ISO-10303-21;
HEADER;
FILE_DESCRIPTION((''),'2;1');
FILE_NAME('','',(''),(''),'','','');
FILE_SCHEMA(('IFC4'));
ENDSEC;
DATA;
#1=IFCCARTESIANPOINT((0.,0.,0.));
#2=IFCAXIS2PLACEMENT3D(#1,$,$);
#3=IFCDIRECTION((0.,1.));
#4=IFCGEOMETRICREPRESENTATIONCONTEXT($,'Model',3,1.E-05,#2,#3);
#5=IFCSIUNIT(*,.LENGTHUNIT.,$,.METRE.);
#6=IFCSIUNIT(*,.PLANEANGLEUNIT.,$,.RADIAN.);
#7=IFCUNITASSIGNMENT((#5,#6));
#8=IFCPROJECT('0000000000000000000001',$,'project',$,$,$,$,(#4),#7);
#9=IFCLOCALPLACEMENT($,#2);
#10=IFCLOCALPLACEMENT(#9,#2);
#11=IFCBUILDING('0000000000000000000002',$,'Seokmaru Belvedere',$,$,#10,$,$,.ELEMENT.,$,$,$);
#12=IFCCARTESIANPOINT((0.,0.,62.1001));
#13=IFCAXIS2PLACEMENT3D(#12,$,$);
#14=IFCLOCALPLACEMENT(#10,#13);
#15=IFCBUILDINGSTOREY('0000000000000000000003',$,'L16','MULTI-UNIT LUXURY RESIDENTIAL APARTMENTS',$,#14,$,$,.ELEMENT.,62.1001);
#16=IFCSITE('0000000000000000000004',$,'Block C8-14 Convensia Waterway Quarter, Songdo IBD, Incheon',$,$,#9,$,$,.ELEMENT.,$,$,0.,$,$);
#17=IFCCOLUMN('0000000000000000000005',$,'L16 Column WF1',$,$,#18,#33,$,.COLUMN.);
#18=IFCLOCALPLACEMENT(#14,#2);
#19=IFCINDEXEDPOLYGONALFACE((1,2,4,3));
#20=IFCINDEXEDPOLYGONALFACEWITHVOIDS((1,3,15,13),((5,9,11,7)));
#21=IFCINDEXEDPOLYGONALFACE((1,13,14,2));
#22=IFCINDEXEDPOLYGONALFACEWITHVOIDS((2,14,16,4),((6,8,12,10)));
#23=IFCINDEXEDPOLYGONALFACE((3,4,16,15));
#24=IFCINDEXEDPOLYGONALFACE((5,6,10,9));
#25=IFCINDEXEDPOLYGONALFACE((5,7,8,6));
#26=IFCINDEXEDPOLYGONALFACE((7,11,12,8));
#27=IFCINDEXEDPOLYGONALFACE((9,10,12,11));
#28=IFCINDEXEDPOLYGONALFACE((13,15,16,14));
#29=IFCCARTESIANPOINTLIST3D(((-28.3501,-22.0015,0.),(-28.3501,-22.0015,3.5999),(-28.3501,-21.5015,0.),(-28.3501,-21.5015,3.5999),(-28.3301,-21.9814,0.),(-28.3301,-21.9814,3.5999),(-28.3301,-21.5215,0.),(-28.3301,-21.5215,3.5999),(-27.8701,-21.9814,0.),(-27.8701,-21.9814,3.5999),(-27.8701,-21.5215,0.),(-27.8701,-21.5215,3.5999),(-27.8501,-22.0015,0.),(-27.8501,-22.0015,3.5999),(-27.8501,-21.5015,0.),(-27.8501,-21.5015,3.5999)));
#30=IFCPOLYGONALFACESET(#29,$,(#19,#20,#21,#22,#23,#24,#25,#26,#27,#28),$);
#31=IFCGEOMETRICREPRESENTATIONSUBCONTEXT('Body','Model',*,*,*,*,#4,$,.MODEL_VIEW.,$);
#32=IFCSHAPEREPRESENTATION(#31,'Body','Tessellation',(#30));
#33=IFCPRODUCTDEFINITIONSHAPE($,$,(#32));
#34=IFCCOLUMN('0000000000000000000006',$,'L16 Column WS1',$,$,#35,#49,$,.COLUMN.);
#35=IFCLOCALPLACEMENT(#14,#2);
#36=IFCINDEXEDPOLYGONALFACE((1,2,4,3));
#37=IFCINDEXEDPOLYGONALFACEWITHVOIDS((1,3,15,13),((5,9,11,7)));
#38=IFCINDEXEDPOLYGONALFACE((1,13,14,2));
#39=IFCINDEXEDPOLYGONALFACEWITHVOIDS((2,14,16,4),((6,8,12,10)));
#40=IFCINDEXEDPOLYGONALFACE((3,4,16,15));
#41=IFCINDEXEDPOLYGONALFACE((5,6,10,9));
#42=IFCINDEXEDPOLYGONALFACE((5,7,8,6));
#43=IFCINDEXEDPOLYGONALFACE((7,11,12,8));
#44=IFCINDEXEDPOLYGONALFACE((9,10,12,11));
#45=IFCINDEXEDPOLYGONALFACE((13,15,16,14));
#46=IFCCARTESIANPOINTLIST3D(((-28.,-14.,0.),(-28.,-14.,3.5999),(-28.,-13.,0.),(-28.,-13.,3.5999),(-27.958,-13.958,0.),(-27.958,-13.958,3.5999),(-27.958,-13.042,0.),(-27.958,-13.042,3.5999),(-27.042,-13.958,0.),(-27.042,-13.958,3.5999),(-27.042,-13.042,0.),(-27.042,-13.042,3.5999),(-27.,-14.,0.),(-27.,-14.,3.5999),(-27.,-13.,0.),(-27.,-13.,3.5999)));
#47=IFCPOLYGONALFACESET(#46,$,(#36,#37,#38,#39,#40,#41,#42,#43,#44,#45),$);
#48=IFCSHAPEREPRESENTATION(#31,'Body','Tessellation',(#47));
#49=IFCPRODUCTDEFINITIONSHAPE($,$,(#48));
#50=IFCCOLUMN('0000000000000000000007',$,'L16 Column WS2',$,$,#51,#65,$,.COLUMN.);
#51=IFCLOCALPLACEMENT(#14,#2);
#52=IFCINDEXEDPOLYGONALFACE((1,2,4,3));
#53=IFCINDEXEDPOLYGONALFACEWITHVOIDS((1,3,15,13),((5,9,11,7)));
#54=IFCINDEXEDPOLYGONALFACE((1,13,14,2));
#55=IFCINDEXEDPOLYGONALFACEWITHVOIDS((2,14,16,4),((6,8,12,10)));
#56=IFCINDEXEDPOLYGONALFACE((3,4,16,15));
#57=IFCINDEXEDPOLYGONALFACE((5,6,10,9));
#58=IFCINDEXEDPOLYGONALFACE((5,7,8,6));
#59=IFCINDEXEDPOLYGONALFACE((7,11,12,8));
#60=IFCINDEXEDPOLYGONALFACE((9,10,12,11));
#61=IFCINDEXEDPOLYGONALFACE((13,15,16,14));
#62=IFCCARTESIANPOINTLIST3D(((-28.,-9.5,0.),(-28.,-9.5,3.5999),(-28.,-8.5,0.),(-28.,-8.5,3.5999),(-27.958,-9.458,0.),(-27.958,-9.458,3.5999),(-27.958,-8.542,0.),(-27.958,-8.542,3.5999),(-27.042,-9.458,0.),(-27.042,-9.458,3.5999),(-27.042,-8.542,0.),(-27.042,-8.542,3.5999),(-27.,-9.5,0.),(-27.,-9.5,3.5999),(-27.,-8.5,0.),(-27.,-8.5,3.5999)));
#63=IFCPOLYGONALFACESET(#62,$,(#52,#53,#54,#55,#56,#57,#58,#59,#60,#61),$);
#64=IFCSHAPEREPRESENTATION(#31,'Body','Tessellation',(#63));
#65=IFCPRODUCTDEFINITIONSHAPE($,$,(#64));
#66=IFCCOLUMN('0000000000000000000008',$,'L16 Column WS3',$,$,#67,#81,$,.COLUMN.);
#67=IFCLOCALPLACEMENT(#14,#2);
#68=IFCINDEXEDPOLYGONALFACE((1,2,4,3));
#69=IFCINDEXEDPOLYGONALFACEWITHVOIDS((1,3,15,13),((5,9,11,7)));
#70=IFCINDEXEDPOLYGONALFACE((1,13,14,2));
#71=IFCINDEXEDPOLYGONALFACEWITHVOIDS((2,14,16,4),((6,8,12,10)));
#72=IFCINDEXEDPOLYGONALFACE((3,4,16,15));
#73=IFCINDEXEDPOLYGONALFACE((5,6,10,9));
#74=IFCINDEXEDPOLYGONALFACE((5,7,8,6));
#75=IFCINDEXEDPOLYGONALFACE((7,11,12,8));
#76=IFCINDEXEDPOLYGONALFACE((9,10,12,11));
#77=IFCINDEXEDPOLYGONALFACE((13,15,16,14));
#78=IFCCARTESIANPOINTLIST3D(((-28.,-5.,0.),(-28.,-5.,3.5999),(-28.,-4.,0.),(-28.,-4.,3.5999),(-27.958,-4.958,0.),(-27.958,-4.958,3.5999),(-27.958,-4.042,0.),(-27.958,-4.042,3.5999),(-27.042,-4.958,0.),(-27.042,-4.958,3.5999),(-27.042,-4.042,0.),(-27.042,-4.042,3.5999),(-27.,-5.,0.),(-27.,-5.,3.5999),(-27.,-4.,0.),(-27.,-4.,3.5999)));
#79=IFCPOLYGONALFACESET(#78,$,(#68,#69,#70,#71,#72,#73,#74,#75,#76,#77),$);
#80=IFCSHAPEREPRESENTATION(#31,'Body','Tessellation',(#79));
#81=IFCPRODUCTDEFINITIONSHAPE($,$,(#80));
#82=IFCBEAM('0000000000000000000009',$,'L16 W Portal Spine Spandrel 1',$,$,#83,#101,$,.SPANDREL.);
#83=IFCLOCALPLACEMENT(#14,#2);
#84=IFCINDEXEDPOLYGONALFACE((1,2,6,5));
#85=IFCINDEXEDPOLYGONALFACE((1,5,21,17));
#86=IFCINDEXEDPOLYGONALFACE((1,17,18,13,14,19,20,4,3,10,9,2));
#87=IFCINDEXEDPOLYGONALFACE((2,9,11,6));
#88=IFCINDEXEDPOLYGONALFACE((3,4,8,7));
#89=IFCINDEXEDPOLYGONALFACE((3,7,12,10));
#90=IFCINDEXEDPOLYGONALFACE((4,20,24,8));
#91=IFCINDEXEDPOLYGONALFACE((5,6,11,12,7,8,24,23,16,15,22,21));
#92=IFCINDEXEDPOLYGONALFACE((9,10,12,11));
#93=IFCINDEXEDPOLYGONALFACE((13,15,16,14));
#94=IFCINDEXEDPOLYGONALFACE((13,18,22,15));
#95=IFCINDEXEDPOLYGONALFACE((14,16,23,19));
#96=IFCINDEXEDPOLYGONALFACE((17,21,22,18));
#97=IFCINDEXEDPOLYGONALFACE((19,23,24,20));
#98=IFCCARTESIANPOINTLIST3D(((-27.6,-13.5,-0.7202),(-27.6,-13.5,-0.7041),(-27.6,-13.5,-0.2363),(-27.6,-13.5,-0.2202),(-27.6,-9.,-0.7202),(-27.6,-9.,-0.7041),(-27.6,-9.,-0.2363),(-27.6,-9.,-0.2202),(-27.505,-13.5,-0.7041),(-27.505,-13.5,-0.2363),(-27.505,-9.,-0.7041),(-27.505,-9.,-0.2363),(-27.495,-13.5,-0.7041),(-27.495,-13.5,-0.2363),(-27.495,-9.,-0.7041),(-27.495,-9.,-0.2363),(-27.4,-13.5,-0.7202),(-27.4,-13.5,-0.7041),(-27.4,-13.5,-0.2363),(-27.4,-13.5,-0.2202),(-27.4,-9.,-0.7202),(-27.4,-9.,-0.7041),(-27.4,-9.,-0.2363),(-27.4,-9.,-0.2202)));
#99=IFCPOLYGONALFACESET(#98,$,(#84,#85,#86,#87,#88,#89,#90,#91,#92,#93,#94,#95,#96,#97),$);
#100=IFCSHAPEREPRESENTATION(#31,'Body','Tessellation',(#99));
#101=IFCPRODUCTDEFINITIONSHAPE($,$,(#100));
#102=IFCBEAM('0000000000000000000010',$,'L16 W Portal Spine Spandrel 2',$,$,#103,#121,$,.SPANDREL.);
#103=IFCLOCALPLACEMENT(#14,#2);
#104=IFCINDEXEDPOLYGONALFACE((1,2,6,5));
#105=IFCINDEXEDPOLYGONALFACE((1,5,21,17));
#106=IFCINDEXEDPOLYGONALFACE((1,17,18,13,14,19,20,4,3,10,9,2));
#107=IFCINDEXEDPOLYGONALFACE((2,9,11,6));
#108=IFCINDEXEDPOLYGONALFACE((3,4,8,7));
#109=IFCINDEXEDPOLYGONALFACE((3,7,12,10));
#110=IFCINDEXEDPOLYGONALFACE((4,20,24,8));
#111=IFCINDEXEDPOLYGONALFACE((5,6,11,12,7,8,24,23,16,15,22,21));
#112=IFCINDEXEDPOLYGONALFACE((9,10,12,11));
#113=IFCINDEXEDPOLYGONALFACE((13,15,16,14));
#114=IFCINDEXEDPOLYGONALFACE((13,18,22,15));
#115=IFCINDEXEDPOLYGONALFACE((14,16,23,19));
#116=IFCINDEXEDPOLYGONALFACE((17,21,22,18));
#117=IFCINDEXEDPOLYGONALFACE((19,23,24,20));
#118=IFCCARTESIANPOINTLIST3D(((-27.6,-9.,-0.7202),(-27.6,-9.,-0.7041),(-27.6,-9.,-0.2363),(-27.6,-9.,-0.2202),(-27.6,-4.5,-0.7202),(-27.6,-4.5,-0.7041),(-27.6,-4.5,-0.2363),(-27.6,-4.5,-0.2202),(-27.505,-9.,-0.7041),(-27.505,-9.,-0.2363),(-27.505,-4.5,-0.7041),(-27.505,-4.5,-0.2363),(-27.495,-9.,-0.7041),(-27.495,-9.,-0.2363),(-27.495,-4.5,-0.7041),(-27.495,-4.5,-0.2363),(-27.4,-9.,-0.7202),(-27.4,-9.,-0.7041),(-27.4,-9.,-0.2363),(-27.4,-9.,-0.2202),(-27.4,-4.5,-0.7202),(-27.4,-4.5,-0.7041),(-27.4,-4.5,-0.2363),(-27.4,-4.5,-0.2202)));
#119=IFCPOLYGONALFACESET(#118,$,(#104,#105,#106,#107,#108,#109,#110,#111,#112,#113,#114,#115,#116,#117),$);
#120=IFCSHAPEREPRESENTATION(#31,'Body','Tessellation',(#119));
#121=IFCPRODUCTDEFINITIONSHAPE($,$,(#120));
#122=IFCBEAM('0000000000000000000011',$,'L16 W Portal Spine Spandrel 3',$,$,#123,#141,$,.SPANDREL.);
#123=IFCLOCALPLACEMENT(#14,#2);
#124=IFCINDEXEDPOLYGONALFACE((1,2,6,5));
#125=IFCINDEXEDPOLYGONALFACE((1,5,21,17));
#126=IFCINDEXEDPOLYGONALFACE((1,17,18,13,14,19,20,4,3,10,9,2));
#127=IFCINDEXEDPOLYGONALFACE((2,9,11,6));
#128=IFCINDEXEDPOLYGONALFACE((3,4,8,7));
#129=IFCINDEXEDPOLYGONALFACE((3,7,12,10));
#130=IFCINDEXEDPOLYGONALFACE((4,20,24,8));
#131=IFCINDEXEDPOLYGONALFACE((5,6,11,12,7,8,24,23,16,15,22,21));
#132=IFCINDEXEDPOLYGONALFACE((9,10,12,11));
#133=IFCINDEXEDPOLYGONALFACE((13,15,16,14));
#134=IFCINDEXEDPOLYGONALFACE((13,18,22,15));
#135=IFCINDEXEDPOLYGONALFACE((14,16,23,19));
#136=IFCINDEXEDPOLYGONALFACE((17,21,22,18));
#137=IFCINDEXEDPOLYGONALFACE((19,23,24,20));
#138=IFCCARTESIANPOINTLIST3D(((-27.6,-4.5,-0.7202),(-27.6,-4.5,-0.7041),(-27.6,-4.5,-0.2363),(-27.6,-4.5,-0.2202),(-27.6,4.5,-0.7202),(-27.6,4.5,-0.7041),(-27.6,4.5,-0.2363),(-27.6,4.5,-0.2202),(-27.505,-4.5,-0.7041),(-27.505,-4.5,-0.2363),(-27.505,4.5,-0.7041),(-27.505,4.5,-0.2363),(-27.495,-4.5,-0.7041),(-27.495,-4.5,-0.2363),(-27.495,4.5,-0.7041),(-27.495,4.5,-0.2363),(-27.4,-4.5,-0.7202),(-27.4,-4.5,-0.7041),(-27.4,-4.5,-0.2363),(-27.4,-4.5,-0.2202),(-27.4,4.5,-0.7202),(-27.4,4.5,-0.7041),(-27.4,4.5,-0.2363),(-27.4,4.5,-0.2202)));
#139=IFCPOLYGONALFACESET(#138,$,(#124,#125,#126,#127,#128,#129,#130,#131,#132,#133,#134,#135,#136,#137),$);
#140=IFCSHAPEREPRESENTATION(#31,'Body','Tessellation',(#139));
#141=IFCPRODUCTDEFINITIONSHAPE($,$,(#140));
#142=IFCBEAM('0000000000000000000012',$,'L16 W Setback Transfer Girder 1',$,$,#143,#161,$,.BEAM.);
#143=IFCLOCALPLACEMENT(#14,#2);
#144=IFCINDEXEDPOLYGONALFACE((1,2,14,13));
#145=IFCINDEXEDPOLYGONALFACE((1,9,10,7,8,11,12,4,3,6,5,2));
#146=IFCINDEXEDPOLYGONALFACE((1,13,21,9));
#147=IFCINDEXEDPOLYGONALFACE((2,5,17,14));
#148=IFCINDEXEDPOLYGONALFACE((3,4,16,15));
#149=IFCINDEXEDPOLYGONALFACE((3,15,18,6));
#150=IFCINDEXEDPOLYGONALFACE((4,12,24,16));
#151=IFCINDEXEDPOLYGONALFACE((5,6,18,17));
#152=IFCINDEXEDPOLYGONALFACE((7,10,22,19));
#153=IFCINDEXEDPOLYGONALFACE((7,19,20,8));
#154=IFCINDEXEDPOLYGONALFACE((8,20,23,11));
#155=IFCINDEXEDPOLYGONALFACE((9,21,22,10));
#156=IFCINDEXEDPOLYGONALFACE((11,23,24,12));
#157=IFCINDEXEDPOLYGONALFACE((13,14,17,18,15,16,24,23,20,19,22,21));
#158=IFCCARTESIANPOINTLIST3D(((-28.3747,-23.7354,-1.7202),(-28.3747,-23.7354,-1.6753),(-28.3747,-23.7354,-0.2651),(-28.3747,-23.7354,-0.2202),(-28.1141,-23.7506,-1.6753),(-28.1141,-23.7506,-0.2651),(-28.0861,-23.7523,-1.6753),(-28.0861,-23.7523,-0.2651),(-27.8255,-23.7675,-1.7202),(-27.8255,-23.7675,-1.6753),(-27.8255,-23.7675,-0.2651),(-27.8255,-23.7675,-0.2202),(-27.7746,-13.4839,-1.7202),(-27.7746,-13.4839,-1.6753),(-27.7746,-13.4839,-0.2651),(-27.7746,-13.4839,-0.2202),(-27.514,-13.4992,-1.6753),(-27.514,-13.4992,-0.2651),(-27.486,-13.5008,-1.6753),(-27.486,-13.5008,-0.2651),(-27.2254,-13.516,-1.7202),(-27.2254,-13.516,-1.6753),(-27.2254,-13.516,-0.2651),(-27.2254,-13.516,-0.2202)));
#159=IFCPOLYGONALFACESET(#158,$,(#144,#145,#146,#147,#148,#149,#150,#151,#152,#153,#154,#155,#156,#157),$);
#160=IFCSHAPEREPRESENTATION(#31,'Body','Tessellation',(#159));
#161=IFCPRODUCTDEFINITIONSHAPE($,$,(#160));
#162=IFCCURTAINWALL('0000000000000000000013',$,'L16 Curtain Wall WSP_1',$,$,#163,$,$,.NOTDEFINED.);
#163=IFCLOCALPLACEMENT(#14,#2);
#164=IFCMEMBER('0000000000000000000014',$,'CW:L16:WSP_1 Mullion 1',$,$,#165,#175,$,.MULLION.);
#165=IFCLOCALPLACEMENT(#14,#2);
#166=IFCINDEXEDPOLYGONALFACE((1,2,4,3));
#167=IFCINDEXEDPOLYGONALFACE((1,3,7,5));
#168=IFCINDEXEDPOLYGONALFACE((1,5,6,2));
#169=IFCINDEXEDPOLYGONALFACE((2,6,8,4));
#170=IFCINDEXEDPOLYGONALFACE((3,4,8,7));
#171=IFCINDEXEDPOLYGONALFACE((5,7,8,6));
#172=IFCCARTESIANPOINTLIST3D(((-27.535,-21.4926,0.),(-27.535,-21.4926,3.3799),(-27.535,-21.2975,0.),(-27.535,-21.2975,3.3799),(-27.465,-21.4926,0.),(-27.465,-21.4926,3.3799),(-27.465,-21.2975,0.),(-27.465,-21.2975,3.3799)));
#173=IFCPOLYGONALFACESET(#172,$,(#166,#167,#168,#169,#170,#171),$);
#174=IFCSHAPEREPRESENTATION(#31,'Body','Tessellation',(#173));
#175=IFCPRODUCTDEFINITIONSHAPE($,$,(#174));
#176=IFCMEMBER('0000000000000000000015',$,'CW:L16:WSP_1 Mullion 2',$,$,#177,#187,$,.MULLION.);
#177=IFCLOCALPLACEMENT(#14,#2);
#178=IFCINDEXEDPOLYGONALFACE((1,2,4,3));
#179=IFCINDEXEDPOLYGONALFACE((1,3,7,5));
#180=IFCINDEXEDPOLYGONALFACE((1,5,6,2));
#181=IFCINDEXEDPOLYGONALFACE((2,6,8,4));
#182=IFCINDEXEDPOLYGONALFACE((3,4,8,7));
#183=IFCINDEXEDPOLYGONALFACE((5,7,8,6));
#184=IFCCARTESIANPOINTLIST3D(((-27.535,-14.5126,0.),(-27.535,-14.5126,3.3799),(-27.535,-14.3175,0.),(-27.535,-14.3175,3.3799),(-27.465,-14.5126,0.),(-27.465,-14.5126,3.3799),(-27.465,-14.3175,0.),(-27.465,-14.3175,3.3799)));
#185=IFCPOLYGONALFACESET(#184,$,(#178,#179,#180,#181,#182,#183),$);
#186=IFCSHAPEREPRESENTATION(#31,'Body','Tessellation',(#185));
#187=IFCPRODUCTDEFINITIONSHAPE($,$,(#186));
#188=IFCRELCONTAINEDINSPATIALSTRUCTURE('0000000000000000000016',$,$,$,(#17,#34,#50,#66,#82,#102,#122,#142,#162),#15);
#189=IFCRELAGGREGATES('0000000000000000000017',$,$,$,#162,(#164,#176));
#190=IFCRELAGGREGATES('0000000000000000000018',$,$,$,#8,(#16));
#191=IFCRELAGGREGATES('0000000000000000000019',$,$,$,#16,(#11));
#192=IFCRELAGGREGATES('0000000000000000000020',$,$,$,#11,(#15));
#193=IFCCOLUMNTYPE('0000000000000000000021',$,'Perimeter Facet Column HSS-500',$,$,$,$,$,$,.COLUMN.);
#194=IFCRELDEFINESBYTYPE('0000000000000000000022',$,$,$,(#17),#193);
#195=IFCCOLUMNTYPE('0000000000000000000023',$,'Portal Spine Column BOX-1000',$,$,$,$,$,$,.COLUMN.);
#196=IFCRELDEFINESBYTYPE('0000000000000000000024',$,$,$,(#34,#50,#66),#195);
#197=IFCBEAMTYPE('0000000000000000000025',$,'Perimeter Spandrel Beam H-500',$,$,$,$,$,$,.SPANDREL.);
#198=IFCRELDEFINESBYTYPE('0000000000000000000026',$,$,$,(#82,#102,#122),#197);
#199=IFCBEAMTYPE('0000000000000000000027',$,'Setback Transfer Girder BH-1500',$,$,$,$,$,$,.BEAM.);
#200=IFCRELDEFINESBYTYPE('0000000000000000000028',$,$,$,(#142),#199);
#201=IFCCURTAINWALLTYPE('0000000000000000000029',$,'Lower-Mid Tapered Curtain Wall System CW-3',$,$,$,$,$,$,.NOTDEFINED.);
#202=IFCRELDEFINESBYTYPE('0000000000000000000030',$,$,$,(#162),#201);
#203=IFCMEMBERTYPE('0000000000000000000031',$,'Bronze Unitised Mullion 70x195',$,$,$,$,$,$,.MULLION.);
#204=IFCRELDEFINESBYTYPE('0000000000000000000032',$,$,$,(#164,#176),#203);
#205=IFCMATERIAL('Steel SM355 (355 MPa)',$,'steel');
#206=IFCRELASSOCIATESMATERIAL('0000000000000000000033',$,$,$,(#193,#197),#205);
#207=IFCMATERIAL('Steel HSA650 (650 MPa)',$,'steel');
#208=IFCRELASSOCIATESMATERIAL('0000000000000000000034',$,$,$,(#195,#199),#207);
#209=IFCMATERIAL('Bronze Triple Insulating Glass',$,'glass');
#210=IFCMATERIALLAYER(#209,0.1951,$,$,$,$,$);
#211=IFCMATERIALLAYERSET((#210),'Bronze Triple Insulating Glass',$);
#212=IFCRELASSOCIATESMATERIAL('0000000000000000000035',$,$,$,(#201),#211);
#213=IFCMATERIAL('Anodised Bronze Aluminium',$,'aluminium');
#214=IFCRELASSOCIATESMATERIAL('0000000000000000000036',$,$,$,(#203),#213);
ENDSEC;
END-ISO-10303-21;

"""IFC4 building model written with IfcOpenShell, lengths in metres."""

from ifc_helpers import new_model, si_unit, direction, frame, origin, origin_2d, place, context, subcontext, project, spatial, rectangle, hollow_rectangle, i_section, extrude, source, transform, mapped, material, layer, layer_set, material_profile, profile_set, type_object, type_shapes, element, aggregate, save


model = new_model("IFC4")

# Units and contexts
model_context = context("Model", 3, precision=1e-05, world=origin(), true_north=direction((0.0, 1.0)))
body_context = subcontext(model_context, "Body", "Model", "MODEL_VIEW")
ifc_project = project(units=[si_unit("LENGTHUNIT", "METRE"), si_unit("PLANEANGLEUNIT", "RADIAN")], contexts=[model_context])

# Site, building, storey
site_placement = place(None, origin())
site = spatial("IfcSite", under=ifc_project, at=site_placement, Name="Block C8-14 Convensia Waterway Quarter, Songdo IBD, Incheon", CompositionType="ELEMENT", RefElevation=0.0)
building_placement = place(site_placement, origin())
building = spatial("IfcBuilding", under=site, at=building_placement, Name="Seokmaru Belvedere", CompositionType="ELEMENT")
storey_placement = place(building_placement, frame((0.0, 0.0, 62.1001)))
storey = spatial("IfcBuildingStorey", under=building, at=storey_placement, Name="L16", Description="MULTI-UNIT LUXURY RESIDENTIAL APARTMENTS", CompositionType="ELEMENT", Elevation=62.1001)

# Columns
ifc_material_1 = material(Name="Steel SM355 (355 MPa)", Category="steel")
ifc_material_profile_1 = material_profile(ifc_material_1, hollow_rectangle(XDim=0.5, YDim=0.5, WallThickness=0.02, at=origin_2d()), Name="HSS-500x500x20")
ifc_profile_set_1 = profile_set([ifc_material_profile_1], Name="Steel SM355 (355 MPa)")
column_type_1 = type_object("IfcColumnType", Name="Perimeter Facet Column HSS-500", PredefinedType="COLUMN", material=ifc_profile_set_1)
shared_shape_1 = source(origin(), body_context, "Body", "SweptSolid", [
    extrude(hollow_rectangle(XDim=0.5, YDim=0.5, WallThickness=0.02, at=origin_2d()), origin(), (0.0, 0.0, 1.0), 3.5999),
])
type_shapes(column_type_1, [shared_shape_1])
column_placement = place(storey_placement, frame((-28.1001, -21.7515, 0.0), z_axis=(0.0, 0.0, 1.0), x_axis=(1.0, 0.0, 0.0)))
element("IfcColumn", 1, at=column_placement, inside=storey, type_object=column_type_1, Name="L16 Column WF1", PredefinedType="COLUMN", context=body_context, shape_type="MappedRepresentation", body=[
    mapped(shared_shape_1, transform((0.0, 0.0, 0.0), scale=1.0)),
])
ifc_material_2 = material(Name="Steel HSA650 (650 MPa)", Category="steel")
ifc_material_profile_2 = material_profile(ifc_material_2, hollow_rectangle(XDim=1.0, YDim=1.0, WallThickness=0.042, at=origin_2d()), Name="BOX-1000x1000x42")
ifc_profile_set_2 = profile_set([ifc_material_profile_2], Name="Steel HSA650 (650 MPa)")
column_type_2 = type_object("IfcColumnType", Name="Portal Spine Column BOX-1000", PredefinedType="COLUMN", material=ifc_profile_set_2)
shared_shape_2 = source(origin(), body_context, "Body", "SweptSolid", [
    extrude(hollow_rectangle(XDim=1.0, YDim=1.0, WallThickness=0.042, at=origin_2d()), origin(), (0.0, 0.0, 1.0), 3.5999),
])
type_shapes(column_type_2, [shared_shape_2])
for number, where, z_axis, x_axis, name in (
    (2, (-27.5, -13.5, 0.0), (0.0, 0.0, 1.0), (1.0, 0.0, 0.0), "L16 Column WS1"),
    (3, (-27.5, -9.0, 0.0), (0.0, 0.0, 1.0), (1.0, 0.0, 0.0), "L16 Column WS2"),
    (4, (-27.5, -4.5, 0.0), (0.0, 0.0, 1.0), (1.0, 0.0, 0.0), "L16 Column WS3"),
):
    element("IfcColumn", number, at=place(storey_placement, frame(where, z_axis=z_axis, x_axis=x_axis)), inside=storey, type_object=column_type_2, Name=name, PredefinedType="COLUMN", context=body_context, shape_type="MappedRepresentation", body=[
        mapped(shared_shape_2, transform((0.0, 0.0, 0.0), scale=1.0)),
    ])

# Beams
ifc_material_profile_3 = material_profile(ifc_material_1, i_section(OverallWidth=0.2, OverallDepth=0.5, WebThickness=0.01, FlangeThickness=0.0161, at=origin_2d()), Name="H-500x200x10x16")
ifc_profile_set_3 = profile_set([ifc_material_profile_3], Name="Steel SM355 (355 MPa)")
beam_type_1 = type_object("IfcBeamType", Name="Perimeter Spandrel Beam H-500", PredefinedType="SPANDREL", material=ifc_profile_set_3)
shared_shape_3 = source(origin(), body_context, "Body", "SweptSolid", [
    extrude(i_section(OverallWidth=0.2, OverallDepth=0.5, WebThickness=0.01, FlangeThickness=0.0161, at=origin_2d()), origin(), (0.0, 0.0, 1.0), 4.5),
])
for number, where, z_axis, x_axis, name in (
    (5, (-27.5, -13.5, -0.4702), (0.0, 1.0, 0.0), (-1.0, 0.0, 0.0), "L16 W Portal Spine Spandrel 1"),
    (6, (-27.5, -9.0, -0.4702), (0.0, 1.0, 0.0), (-1.0, 0.0, 0.0), "L16 W Portal Spine Spandrel 2"),
):
    element("IfcBeam", number, at=place(storey_placement, frame(where, z_axis=z_axis, x_axis=x_axis)), inside=storey, type_object=beam_type_1, Name=name, PredefinedType="SPANDREL", context=body_context, shape_type="MappedRepresentation", body=[
        mapped(shared_shape_3, transform((0.0, 0.0, 0.0), scale=1.0)),
    ])
shared_shape_4 = source(origin(), body_context, "Body", "SweptSolid", [
    extrude(i_section(OverallWidth=0.2, OverallDepth=0.5, WebThickness=0.01, FlangeThickness=0.0161, at=origin_2d()), origin(), (0.0, 0.0, 1.0), 9.0),
])
type_shapes(beam_type_1, [shared_shape_3, shared_shape_4])
beam_1_placement = place(storey_placement, frame((-27.5, -4.5, -0.4702), z_axis=(0.0, 1.0, 0.0), x_axis=(-1.0, 0.0, 0.0)))
element("IfcBeam", 7, at=beam_1_placement, inside=storey, type_object=beam_type_1, Name="L16 W Portal Spine Spandrel 3", PredefinedType="SPANDREL", context=body_context, shape_type="MappedRepresentation", body=[
    mapped(shared_shape_4, transform((0.0, 0.0, 0.0), scale=1.0)),
])
ifc_material_profile_4 = material_profile(ifc_material_2, i_section(OverallWidth=0.55, OverallDepth=1.5, WebThickness=0.0281, FlangeThickness=0.0449, at=origin_2d()), Name="BH-1500x550x28x45")
ifc_profile_set_4 = profile_set([ifc_material_profile_4], Name="Steel HSA650 (650 MPa)")
beam_type_2 = type_object("IfcBeamType", Name="Setback Transfer Girder BH-1500", PredefinedType="BEAM", material=ifc_profile_set_4)
shared_shape_5 = source(origin(), body_context, "Body", "SweptSolid", [
    extrude(i_section(OverallWidth=0.55, OverallDepth=1.5, WebThickness=0.0281, FlangeThickness=0.0449, at=origin_2d()), origin(), (0.0, 0.0, 1.0), 10.269),
])
type_shapes(beam_type_2, [shared_shape_5])
beam_2_placement = place(storey_placement, frame((-28.1001, -23.7515, -0.9702), z_axis=(0.058438, 0.998291, 0.0), x_axis=(-0.998291, 0.058438, 0.0)))
element("IfcBeam", 8, at=beam_2_placement, inside=storey, type_object=beam_type_2, Name="L16 W Setback Transfer Girder 1", PredefinedType="BEAM", context=body_context, shape_type="MappedRepresentation", body=[
    mapped(shared_shape_5, transform((0.0, 0.0, 0.0), scale=1.0)),
])

# Curtain wall, members
ifc_material_3 = material(Name="Bronze Triple Insulating Glass", Category="glass")
ifc_layer_1 = layer(ifc_material_3, 0.1951)
ifc_layer_set_1 = layer_set([ifc_layer_1], Name="Bronze Triple Insulating Glass")
curtain_wall_type = type_object("IfcCurtainWallType", Name="Lower-Mid Tapered Curtain Wall System CW-3", PredefinedType="NOTDEFINED", material=ifc_layer_set_1)
curtain_wall_1_placement = place(storey_placement, origin())
curtain_wall_1 = element("IfcCurtainWall", 9, at=curtain_wall_1_placement, inside=storey, type_object=curtain_wall_type, Name="L16 Curtain Wall WSP_1", PredefinedType="NOTDEFINED")
ifc_material_4 = material(Name="Anodised Bronze Aluminium", Category="aluminium")
ifc_material_profile_5 = material_profile(ifc_material_4, rectangle(XDim=0.0701, YDim=0.1951, at=origin_2d()), Name="CW-M-70x195")
ifc_profile_set_5 = profile_set([ifc_material_profile_5], Name="Anodised Bronze Aluminium")
member_type_1 = type_object("IfcMemberType", Name="Bronze Unitised Mullion 70x195", PredefinedType="MULLION", material=ifc_profile_set_5)
shared_shape_6 = source(origin(), body_context, "Body", "SweptSolid", [
    extrude(rectangle(XDim=0.0701, YDim=0.1951, at=origin_2d()), origin(), (0.0, 0.0, 1.0), 3.3799),
])
type_shapes(member_type_1, [shared_shape_6])
member_1_placement = place(storey_placement, frame((-27.5, -21.395, 0.0), z_axis=(0.0, 0.0, 1.0), x_axis=(-1.0, 0.0, 0.0)))
member_1 = element("IfcMember", 10, at=member_1_placement, type_object=member_type_1, Name="CW:L16:WSP_1 Mullion 1", PredefinedType="MULLION", context=body_context, shape_type="MappedRepresentation", body=[
    mapped(shared_shape_6, transform((0.0, 0.0, 0.0), scale=1.0)),
])
member_2_placement = place(storey_placement, frame((-27.5, -14.415, 0.0), z_axis=(0.0, 0.0, 1.0), x_axis=(-1.0, 0.0, 0.0)))
member_2 = element("IfcMember", 11, at=member_2_placement, type_object=member_type_1, Name="CW:L16:WSP_1 Mullion 2", PredefinedType="MULLION", context=body_context, shape_type="MappedRepresentation", body=[
    mapped(shared_shape_6, transform((0.0, 0.0, 0.0), scale=1.0)),
])

aggregate(curtain_wall_1, [member_1, member_2])

save(model, "model.ifc")
